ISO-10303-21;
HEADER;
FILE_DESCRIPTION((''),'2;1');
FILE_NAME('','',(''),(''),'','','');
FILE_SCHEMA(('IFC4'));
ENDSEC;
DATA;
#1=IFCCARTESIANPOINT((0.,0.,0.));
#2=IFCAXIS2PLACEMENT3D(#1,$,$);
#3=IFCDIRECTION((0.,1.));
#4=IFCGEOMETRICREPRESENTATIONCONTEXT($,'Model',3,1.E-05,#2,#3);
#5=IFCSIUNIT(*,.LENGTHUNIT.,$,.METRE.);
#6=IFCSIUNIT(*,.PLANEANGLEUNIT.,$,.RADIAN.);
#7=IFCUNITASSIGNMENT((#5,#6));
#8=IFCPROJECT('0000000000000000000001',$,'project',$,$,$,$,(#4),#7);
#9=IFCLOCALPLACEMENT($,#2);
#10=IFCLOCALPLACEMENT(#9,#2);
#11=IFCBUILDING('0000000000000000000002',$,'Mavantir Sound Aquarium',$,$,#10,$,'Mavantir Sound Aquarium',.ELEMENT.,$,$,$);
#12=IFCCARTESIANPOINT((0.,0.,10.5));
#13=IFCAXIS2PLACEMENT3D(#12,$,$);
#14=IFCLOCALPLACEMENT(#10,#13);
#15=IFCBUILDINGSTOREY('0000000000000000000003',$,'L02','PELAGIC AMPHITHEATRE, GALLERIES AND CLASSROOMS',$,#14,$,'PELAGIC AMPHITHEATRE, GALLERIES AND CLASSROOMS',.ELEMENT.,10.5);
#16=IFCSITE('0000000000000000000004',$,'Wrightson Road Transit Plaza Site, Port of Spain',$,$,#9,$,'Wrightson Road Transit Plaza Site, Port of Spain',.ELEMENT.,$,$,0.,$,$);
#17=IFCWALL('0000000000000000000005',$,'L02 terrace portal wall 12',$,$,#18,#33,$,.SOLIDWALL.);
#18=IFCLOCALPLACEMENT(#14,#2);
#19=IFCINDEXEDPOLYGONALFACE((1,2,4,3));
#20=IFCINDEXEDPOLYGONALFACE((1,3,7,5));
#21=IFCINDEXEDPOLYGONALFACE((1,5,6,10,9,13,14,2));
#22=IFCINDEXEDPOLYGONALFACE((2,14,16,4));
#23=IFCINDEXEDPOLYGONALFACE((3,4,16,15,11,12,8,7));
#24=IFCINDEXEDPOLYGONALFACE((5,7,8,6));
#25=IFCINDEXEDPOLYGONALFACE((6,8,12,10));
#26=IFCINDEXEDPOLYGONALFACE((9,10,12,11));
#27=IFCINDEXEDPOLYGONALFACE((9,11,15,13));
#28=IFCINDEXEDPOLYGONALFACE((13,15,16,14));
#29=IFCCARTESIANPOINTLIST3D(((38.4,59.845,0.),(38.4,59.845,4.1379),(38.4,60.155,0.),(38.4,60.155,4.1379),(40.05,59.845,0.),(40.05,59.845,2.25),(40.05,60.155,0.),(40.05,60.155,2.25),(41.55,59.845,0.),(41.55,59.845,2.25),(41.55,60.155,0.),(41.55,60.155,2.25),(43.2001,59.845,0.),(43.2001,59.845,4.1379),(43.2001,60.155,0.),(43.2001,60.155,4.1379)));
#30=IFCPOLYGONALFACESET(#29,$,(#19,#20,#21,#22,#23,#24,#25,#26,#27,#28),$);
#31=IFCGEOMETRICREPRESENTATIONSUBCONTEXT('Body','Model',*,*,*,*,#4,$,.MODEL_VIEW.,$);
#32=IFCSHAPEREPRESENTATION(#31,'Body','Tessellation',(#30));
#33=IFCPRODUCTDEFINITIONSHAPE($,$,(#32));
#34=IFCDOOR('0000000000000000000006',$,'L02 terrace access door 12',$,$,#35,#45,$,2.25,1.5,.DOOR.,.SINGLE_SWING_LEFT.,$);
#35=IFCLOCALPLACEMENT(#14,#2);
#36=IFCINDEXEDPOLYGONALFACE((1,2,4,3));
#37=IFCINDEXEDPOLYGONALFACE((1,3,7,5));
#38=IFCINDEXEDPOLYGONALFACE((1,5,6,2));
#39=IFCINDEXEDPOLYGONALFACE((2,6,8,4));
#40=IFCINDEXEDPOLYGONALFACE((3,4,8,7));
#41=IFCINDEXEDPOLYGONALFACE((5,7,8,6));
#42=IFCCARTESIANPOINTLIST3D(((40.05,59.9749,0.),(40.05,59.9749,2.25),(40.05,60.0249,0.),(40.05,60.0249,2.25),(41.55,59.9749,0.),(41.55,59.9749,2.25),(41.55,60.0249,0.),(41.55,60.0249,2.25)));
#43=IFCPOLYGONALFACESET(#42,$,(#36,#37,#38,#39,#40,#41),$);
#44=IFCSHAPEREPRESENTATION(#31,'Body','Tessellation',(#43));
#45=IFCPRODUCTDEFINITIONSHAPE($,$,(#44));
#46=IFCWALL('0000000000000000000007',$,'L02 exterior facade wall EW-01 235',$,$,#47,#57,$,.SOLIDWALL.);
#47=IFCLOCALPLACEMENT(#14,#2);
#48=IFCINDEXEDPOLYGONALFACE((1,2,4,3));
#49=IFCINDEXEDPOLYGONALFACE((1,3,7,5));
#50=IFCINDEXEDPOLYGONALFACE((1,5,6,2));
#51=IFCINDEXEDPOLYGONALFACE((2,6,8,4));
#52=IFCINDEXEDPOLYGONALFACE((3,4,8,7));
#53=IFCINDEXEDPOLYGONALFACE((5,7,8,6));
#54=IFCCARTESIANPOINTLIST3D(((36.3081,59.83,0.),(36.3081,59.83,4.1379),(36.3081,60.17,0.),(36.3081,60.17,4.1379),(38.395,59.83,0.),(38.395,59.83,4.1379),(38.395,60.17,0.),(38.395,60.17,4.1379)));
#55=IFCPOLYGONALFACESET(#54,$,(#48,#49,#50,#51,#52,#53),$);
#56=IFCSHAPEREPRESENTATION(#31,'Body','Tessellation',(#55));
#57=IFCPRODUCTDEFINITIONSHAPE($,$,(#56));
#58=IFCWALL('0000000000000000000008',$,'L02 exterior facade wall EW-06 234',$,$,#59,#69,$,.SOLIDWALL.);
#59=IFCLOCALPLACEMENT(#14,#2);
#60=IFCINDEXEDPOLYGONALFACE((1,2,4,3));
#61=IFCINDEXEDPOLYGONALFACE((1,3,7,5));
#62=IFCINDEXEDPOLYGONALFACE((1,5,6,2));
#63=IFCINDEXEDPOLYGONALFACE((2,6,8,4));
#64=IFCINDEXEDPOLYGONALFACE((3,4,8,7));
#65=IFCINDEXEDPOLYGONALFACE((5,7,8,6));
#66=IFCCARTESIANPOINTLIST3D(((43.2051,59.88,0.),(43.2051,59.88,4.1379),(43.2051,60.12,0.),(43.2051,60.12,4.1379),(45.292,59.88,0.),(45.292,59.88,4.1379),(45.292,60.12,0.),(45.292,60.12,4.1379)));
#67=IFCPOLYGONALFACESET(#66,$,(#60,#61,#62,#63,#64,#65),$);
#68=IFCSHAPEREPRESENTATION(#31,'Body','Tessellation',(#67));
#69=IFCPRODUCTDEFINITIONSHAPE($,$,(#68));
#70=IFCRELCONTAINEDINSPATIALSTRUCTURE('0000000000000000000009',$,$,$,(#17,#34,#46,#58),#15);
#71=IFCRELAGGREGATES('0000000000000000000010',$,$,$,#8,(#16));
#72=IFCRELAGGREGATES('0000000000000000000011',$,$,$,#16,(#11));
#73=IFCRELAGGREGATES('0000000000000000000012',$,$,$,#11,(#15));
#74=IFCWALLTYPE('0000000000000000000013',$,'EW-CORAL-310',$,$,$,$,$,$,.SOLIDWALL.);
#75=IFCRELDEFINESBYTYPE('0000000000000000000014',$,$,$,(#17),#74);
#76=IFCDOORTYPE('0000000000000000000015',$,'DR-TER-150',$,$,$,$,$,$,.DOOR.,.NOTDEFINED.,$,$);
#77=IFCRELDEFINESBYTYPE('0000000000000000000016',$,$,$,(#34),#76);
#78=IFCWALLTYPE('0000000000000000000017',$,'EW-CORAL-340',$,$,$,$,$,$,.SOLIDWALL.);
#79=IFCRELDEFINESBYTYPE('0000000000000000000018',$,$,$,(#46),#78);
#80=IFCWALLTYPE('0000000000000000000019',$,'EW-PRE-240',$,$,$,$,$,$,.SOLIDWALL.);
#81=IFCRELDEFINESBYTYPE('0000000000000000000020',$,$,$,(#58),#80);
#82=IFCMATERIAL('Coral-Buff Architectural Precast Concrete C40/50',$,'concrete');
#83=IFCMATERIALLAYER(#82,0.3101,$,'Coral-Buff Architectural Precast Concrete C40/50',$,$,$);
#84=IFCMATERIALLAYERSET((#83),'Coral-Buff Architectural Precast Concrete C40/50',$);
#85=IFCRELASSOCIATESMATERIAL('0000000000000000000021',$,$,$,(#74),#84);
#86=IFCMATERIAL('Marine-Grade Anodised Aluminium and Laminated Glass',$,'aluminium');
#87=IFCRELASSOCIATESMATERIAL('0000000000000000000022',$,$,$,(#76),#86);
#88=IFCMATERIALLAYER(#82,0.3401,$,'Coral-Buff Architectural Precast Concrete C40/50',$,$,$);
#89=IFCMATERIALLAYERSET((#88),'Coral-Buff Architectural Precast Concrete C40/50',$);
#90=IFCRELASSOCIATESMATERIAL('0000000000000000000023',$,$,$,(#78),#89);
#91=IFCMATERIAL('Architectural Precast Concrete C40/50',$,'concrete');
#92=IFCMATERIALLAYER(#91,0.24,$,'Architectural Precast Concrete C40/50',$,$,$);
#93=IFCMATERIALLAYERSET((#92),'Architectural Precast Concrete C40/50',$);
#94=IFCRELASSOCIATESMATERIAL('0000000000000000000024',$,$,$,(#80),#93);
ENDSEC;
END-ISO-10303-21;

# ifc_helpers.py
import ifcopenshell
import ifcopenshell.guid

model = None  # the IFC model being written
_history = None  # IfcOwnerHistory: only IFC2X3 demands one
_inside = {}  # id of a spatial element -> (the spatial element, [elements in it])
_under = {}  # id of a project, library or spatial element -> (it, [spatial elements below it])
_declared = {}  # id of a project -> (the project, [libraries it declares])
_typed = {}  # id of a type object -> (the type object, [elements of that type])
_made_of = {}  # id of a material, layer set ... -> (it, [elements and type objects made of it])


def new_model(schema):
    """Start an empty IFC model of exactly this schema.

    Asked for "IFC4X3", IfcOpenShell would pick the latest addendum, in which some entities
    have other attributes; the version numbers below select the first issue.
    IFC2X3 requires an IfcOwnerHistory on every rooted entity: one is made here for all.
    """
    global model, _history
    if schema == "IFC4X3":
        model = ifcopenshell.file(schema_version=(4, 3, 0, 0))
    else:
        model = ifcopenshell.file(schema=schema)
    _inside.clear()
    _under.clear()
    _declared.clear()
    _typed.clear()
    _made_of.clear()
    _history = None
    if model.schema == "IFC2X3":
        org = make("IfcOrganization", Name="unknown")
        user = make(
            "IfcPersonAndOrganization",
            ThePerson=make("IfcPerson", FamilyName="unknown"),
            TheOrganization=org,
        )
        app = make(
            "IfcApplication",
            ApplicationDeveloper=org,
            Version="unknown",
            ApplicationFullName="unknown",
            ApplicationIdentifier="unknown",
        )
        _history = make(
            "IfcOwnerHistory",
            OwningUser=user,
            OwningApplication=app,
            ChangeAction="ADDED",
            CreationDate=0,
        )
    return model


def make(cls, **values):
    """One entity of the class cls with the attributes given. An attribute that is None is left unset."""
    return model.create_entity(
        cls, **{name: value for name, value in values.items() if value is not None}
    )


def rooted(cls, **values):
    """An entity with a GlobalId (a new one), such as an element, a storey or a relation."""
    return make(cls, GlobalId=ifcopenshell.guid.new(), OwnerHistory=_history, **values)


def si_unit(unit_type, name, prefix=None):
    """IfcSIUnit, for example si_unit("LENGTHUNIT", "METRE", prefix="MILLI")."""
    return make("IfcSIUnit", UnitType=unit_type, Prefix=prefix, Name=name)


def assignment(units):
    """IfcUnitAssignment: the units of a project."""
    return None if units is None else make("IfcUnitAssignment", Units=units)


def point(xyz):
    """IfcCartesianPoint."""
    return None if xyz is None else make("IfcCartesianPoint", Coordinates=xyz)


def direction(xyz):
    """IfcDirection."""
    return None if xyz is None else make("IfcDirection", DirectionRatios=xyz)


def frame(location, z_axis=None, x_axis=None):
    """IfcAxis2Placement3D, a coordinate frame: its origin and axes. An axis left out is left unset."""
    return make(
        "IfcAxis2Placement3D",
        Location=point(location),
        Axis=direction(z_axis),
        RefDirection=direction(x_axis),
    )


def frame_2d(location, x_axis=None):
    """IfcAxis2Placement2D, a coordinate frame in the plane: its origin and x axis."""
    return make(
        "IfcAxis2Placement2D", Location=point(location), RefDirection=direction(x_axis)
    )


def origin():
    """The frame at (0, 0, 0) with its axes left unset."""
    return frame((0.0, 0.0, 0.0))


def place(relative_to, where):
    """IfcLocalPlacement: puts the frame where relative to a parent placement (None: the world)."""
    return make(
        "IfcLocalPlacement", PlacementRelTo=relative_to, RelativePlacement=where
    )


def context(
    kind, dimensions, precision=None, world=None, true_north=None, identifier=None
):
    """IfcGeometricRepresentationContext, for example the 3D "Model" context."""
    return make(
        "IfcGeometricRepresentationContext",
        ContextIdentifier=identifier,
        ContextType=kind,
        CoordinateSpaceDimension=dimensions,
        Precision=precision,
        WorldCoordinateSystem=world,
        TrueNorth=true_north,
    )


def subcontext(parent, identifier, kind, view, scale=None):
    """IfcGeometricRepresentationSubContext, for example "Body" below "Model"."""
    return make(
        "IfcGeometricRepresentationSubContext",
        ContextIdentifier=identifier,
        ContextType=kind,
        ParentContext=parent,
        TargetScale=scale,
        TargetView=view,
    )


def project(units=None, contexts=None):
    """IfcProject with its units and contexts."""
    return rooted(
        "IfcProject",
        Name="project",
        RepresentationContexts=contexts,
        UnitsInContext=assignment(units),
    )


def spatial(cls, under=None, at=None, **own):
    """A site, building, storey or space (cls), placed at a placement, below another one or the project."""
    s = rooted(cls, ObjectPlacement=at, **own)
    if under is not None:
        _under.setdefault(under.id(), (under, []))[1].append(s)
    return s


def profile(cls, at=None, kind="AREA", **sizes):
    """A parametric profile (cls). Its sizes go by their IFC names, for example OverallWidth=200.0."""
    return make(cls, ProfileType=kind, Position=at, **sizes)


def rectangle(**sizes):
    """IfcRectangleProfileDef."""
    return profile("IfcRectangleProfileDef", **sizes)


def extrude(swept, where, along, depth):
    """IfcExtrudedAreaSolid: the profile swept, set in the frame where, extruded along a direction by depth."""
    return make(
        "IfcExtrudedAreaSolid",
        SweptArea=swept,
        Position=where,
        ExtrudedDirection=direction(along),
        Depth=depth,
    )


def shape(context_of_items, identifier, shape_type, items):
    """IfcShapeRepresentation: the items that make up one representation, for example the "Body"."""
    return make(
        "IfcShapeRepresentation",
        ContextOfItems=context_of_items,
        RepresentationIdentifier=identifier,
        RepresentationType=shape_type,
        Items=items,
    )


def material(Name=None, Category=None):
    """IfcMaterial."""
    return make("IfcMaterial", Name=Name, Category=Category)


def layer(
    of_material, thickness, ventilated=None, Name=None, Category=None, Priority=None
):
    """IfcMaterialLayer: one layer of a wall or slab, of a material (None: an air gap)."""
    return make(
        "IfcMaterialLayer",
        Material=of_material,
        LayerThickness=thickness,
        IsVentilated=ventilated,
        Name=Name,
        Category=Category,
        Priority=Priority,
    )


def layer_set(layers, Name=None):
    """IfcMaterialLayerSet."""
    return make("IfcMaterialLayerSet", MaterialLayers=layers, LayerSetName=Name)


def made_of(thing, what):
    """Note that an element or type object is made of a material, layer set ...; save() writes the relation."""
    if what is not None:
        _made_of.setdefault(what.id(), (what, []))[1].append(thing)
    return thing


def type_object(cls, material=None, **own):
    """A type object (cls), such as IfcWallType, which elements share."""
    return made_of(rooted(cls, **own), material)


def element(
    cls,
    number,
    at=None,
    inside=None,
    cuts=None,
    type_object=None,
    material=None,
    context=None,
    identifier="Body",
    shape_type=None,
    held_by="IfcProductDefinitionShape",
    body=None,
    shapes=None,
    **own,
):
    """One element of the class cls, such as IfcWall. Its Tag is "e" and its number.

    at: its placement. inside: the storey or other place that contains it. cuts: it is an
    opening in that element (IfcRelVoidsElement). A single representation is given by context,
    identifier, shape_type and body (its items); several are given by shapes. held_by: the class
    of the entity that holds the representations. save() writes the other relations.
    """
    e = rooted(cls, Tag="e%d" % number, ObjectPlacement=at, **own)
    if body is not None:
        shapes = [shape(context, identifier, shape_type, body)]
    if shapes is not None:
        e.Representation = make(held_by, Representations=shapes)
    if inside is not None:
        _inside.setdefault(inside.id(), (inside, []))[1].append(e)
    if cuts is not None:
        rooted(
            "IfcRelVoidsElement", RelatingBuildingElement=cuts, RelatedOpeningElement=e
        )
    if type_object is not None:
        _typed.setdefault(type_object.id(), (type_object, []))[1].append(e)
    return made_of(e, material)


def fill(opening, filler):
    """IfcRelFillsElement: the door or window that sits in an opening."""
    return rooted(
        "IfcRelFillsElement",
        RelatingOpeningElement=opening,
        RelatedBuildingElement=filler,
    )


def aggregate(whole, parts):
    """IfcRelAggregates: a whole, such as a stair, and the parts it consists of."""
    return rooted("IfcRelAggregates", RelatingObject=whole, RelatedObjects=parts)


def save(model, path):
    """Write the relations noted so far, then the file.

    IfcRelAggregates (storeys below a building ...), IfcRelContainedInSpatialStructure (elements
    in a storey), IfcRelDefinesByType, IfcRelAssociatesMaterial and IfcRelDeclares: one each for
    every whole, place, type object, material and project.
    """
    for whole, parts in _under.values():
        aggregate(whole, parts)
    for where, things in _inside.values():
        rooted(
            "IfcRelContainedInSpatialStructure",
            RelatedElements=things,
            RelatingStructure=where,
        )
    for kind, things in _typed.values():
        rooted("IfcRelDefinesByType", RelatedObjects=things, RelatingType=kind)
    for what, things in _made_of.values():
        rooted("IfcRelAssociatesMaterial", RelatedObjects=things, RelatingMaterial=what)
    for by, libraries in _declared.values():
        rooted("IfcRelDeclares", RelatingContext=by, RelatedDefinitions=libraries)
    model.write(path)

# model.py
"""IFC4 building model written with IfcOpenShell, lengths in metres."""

from ifc_helpers import new_model, si_unit, direction, frame, frame_2d, origin, place, context, subcontext, project, spatial, rectangle, extrude, material, layer, layer_set, type_object, element, fill, save


model = new_model("IFC4")

# Units and contexts
model_context = context("Model", 3, precision=1e-05, world=origin(), true_north=direction((0.0, 1.0)))
body_context = subcontext(model_context, "Body", "Model", "MODEL_VIEW")
ifc_project = project(units=[si_unit("LENGTHUNIT", "METRE"), si_unit("PLANEANGLEUNIT", "RADIAN")], contexts=[model_context])

# Site, building, storey
site_placement = place(None, origin())
site = spatial("IfcSite", under=ifc_project, at=site_placement, Name="Wrightson Road Transit Plaza Site, Port of Spain", LongName="Wrightson Road Transit Plaza Site, Port of Spain", CompositionType="ELEMENT", RefElevation=0.0)
building_placement = place(site_placement, origin())
building = spatial("IfcBuilding", under=site, at=building_placement, Name="Mavantir Sound Aquarium", LongName="Mavantir Sound Aquarium", CompositionType="ELEMENT")
storey_placement = place(building_placement, frame((0.0, 0.0, 10.5)))
storey = spatial("IfcBuildingStorey", under=building, at=storey_placement, Name="L02", Description="PELAGIC AMPHITHEATRE, GALLERIES AND CLASSROOMS", LongName="PELAGIC AMPHITHEATRE, GALLERIES AND CLASSROOMS", CompositionType="ELEMENT", Elevation=10.5)

# Wall, opening, door
ifc_material_1 = material(Name="Coral-Buff Architectural Precast Concrete C40/50", Category="concrete")
ifc_layer_1 = layer(ifc_material_1, 0.3101, Name="Coral-Buff Architectural Precast Concrete C40/50")
ifc_layer_set_1 = layer_set([ifc_layer_1], Name="Coral-Buff Architectural Precast Concrete C40/50")
wall_type_1 = type_object("IfcWallType", Name="EW-CORAL-310", PredefinedType="SOLIDWALL", material=ifc_layer_set_1)
wall_1_placement = place(storey_placement, frame((43.2, 60.0, 0.0), z_axis=(0.0, 0.0, 1.0), x_axis=(-1.0, 0.0, 0.0)))
wall_1 = element("IfcWall", 1, at=wall_1_placement, inside=storey, type_object=wall_type_1, Name="L02 terrace portal wall 12", PredefinedType="SOLIDWALL", context=body_context, shape_type="SweptSolid", body=[
    extrude(rectangle(XDim=4.8, YDim=0.3101, at=frame_2d((2.3999, 0.0))), origin(), (0.0, 0.0, 1.0), 4.1379),
])
opening_placement = place(wall_1_placement, frame((3.1499, 0.0, 0.0), z_axis=(0.0, 0.0, 1.0), x_axis=(-1.0, 0.0, 0.0)))
opening = element("IfcOpeningElement", 2, at=opening_placement, cuts=wall_1, PredefinedType="OPENING", context=body_context, shape_type="SweptSolid", body=[
    extrude(rectangle(XDim=1.5, YDim=2.25, at=frame_2d((0.75, 1.125))), frame((0.0, 0.165, 0.0), z_axis=(0.0, -1.0, 0.0), x_axis=(1.0, 0.0, 0.0)), (0.0, 0.0, 1.0), 0.3301),
])
ifc_material_2 = material(Name="Marine-Grade Anodised Aluminium and Laminated Glass", Category="aluminium")
door_type = type_object("IfcDoorType", Name="DR-TER-150", OperationType="NOTDEFINED", PredefinedType="DOOR", material=ifc_material_2)
door_placement = place(opening_placement, origin())
door = element("IfcDoor", 3, at=door_placement, inside=storey, type_object=door_type, Name="L02 terrace access door 12", OperationType="SINGLE_SWING_LEFT", OverallHeight=2.25, OverallWidth=1.5, PredefinedType="DOOR", context=body_context, shape_type="SweptSolid", body=[
    extrude(rectangle(XDim=1.5, YDim=2.25, at=frame_2d((0.75, 1.125))), frame((0.0, 0.0249, 0.0), z_axis=(0.0, -1.0, 0.0), x_axis=(1.0, 0.0, 0.0)), (0.0, 0.0, 1.0), 0.05),
])
fill(opening, door)

# Walls
ifc_layer_2 = layer(ifc_material_1, 0.3401, Name="Coral-Buff Architectural Precast Concrete C40/50")
ifc_layer_set_2 = layer_set([ifc_layer_2], Name="Coral-Buff Architectural Precast Concrete C40/50")
wall_type_2 = type_object("IfcWallType", Name="EW-CORAL-340", PredefinedType="SOLIDWALL", material=ifc_layer_set_2)
wall_2_placement = place(storey_placement, frame((38.395, 60.0, 0.0), z_axis=(0.0, 0.0, 1.0), x_axis=(-1.0, 0.0, 0.0)))
element("IfcWall", 4, at=wall_2_placement, inside=storey, type_object=wall_type_2, Name="L02 exterior facade wall EW-01 235", PredefinedType="SOLIDWALL", context=body_context, shape_type="SweptSolid", body=[
    extrude(rectangle(XDim=2.0869, YDim=0.3401, at=frame_2d((1.0435, 0.0))), origin(), (0.0, 0.0, 1.0), 4.1379),
])
ifc_material_3 = material(Name="Architectural Precast Concrete C40/50", Category="concrete")
ifc_layer_3 = layer(ifc_material_3, 0.24, Name="Architectural Precast Concrete C40/50")
ifc_layer_set_3 = layer_set([ifc_layer_3], Name="Architectural Precast Concrete C40/50")
wall_type_3 = type_object("IfcWallType", Name="EW-PRE-240", PredefinedType="SOLIDWALL", material=ifc_layer_set_3)
wall_3_placement = place(storey_placement, frame((45.292, 60.0, 0.0), z_axis=(0.0, 0.0, 1.0), x_axis=(-1.0, 0.0, 0.0)))
element("IfcWall", 5, at=wall_3_placement, inside=storey, type_object=wall_type_3, Name="L02 exterior facade wall EW-06 234", PredefinedType="SOLIDWALL", context=body_context, shape_type="SweptSolid", body=[
    extrude(rectangle(XDim=2.0869, YDim=0.24, at=frame_2d((1.0435, 0.0))), origin(), (0.0, 0.0, 1.0), 4.1379),
])

save(model, "model.ifc")
